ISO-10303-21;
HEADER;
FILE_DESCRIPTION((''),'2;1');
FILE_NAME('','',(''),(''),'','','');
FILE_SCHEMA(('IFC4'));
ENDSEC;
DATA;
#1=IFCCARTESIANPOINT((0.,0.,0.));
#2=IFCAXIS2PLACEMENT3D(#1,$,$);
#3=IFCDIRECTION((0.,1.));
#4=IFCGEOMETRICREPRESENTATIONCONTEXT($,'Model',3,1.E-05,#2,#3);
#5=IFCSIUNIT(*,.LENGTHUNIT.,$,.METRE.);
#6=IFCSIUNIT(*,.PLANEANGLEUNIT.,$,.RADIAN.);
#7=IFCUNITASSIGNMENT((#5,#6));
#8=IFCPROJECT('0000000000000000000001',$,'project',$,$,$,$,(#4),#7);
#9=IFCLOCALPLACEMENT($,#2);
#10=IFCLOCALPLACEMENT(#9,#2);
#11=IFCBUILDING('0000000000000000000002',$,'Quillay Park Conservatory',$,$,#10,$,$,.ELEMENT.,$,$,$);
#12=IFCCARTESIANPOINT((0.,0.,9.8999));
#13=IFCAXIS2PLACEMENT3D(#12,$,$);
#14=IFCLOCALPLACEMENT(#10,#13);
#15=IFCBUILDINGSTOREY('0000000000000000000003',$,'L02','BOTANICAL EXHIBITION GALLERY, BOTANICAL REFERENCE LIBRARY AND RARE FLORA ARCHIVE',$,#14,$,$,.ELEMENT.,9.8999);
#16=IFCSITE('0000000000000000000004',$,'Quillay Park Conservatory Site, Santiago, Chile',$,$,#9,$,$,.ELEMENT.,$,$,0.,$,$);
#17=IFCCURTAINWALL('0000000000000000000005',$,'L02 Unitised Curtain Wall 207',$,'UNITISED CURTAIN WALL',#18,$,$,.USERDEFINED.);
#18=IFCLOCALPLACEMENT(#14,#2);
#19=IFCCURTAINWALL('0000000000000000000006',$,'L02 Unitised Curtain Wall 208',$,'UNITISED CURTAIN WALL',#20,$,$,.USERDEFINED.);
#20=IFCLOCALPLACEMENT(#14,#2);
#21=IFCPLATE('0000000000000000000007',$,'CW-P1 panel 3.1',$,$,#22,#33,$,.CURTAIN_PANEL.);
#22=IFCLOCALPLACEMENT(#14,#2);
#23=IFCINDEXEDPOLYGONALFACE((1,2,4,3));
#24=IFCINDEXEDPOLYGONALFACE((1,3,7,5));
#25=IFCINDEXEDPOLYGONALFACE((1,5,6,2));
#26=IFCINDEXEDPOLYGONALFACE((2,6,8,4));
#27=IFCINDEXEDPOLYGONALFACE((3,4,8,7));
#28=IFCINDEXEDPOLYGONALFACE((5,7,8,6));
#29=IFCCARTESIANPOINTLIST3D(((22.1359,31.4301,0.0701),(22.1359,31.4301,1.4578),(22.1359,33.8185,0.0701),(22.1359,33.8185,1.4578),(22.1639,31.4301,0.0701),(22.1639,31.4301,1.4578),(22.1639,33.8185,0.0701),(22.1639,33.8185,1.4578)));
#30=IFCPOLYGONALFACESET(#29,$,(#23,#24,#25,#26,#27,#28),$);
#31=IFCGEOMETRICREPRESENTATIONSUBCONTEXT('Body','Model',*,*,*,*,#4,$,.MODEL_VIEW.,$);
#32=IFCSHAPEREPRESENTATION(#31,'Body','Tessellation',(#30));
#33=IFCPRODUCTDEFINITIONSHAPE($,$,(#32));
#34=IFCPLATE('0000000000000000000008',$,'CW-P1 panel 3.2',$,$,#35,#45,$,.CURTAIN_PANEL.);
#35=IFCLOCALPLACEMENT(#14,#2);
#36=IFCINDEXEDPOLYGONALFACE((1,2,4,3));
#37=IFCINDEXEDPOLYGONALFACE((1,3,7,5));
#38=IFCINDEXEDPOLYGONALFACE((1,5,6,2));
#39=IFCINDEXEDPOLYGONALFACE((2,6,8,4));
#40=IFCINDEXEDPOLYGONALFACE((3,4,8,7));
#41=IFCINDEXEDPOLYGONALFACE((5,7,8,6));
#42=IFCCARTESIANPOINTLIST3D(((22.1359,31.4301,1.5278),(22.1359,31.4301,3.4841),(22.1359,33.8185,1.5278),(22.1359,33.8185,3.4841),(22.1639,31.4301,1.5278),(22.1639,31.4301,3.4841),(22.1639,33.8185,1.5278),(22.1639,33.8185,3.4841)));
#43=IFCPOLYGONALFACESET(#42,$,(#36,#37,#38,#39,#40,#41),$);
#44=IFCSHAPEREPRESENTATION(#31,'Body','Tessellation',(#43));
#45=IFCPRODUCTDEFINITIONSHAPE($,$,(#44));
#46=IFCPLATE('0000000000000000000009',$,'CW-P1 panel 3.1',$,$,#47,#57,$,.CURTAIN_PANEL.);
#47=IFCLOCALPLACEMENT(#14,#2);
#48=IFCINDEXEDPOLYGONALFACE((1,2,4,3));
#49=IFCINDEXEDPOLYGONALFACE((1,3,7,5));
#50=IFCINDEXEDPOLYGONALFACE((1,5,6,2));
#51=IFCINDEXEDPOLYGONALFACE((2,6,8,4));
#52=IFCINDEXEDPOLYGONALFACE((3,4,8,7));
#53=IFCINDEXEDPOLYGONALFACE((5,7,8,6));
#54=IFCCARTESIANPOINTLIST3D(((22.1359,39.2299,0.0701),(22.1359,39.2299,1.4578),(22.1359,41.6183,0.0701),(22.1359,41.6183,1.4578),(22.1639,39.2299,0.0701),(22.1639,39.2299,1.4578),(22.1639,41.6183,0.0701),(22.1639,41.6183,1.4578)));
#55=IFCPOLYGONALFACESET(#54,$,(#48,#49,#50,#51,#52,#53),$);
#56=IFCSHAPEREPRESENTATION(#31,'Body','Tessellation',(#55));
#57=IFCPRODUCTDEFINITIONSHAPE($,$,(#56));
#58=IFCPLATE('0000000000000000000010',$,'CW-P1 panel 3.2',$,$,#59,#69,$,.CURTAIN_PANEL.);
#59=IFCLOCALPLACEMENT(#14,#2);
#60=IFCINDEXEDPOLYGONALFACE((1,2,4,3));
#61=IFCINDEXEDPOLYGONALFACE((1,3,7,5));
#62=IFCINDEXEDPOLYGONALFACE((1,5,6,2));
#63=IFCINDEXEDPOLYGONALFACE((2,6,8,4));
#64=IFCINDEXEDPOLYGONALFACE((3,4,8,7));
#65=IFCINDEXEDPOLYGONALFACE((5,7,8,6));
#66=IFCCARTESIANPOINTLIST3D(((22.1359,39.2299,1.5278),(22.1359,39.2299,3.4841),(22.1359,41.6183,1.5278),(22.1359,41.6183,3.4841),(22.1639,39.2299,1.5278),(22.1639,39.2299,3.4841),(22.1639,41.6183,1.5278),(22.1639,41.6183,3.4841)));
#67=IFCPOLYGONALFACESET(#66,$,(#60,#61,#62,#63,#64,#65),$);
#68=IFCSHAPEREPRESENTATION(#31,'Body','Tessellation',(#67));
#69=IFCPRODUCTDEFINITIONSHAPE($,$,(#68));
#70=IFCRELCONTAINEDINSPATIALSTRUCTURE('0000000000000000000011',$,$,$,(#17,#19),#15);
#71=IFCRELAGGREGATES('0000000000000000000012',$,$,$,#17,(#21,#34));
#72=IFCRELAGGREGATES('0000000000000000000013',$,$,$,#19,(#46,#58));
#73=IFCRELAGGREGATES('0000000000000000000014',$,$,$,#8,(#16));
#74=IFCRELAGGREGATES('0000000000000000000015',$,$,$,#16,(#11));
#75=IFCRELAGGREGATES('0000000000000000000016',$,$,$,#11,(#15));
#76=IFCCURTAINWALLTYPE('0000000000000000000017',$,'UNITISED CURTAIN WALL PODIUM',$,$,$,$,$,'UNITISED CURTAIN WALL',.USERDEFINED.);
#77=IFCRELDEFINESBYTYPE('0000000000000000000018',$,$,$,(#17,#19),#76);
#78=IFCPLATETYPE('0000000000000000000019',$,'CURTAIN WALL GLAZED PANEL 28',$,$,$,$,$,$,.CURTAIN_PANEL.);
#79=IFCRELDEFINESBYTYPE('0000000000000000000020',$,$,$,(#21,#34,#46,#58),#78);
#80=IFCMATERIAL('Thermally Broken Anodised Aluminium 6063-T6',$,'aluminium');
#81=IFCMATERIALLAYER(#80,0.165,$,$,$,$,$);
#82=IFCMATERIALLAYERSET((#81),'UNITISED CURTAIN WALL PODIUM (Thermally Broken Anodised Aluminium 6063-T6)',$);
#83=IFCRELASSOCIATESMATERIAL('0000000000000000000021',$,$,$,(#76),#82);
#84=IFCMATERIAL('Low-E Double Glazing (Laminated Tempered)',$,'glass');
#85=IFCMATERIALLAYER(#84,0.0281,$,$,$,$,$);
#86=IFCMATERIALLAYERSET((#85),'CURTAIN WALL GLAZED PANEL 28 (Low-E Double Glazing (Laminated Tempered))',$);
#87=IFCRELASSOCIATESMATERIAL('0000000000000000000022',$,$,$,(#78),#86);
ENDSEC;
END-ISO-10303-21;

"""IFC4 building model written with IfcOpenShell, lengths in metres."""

from ifc_helpers import new_model, si_unit, direction, frame, origin, origin_2d, place, context, subcontext, project, spatial, rectangle, extrude, material, layer, layer_set, type_object, element, aggregate, save


model = new_model("IFC4")

# Units and contexts
model_context = context("Model", 3, precision=1e-05, world=origin(), true_north=direction((0.0, 1.0)))
body_context = subcontext(model_context, "Body", "Model", "MODEL_VIEW")
ifc_project = project(units=[si_unit("LENGTHUNIT", "METRE"), si_unit("PLANEANGLEUNIT", "RADIAN")], contexts=[model_context])

# Site, building, storey
site_placement = place(None, origin())
site = spatial("IfcSite", under=ifc_project, at=site_placement, Name="Quillay Park Conservatory Site, Santiago, Chile", CompositionType="ELEMENT", RefElevation=0.0)
building_placement = place(site_placement, origin())
building = spatial("IfcBuilding", under=site, at=building_placement, Name="Quillay Park Conservatory", CompositionType="ELEMENT")
storey_placement = place(building_placement, frame((0.0, 0.0, 9.8999)))
storey = spatial("IfcBuildingStorey", under=building, at=storey_placement, Name="L02", Description="BOTANICAL EXHIBITION GALLERY, BOTANICAL REFERENCE LIBRARY AND RARE FLORA ARCHIVE", CompositionType="ELEMENT", Elevation=9.8999)

# Shared definitions
ifc_material_1 = material(Name="Thermally Broken Anodised Aluminium 6063-T6", Category="aluminium")
ifc_layer_1 = layer(ifc_material_1, 0.165)
ifc_layer_set_1 = layer_set([ifc_layer_1], Name="UNITISED CURTAIN WALL PODIUM (Thermally Broken Anodised Aluminium 6063-T6)")
curtain_wall_type = type_object("IfcCurtainWallType", Name="UNITISED CURTAIN WALL PODIUM", ElementType="UNITISED CURTAIN WALL", PredefinedType="USERDEFINED", material=ifc_layer_set_1)

# Curtain wall
curtain_wall_1_placement = place(storey_placement, origin())
curtain_wall_1 = element("IfcCurtainWall", 1, at=curtain_wall_1_placement, inside=storey, type_object=curtain_wall_type, Name="L02 Unitised Curtain Wall 207", ObjectType="UNITISED CURTAIN WALL", PredefinedType="USERDEFINED")

# Curtain wall
curtain_wall_2_placement = place(storey_placement, origin())
curtain_wall_2 = element("IfcCurtainWall", 2, at=curtain_wall_2_placement, inside=storey, type_object=curtain_wall_type, Name="L02 Unitised Curtain Wall 208", ObjectType="UNITISED CURTAIN WALL", PredefinedType="USERDEFINED")

# Plates
ifc_material_2 = material(Name="Low-E Double Glazing (Laminated Tempered)", Category="glass")
ifc_layer_2 = layer(ifc_material_2, 0.0281)
ifc_layer_set_2 = layer_set([ifc_layer_2], Name="CURTAIN WALL GLAZED PANEL 28 (Low-E Double Glazing (Laminated Tempered))")
plate_type = type_object("IfcPlateType", Name="CURTAIN WALL GLAZED PANEL 28", PredefinedType="CURTAIN_PANEL", material=ifc_layer_set_2)
plate_1_placement = place(storey_placement, frame((22.1499, 32.6243, 0.0701), z_axis=(0.0, 0.0, 1.0), x_axis=(0.0, -1.0, 0.0)))
plate_1 = element("IfcPlate", 3, at=plate_1_placement, type_object=plate_type, Name="CW-P1 panel 3.1", PredefinedType="CURTAIN_PANEL", context=body_context, shape_type="SweptSolid", body=[
    extrude(rectangle(XDim=2.3884, YDim=0.0281, at=origin_2d()), origin(), (0.0, 0.0, 1.0), 1.3877),
])
plate_2_placement = place(storey_placement, frame((22.1499, 32.6243, 1.5278), z_axis=(0.0, 0.0, 1.0), x_axis=(0.0, -1.0, 0.0)))
plate_2 = element("IfcPlate", 4, at=plate_2_placement, type_object=plate_type, Name="CW-P1 panel 3.2", PredefinedType="CURTAIN_PANEL", context=body_context, shape_type="SweptSolid", body=[
    extrude(rectangle(XDim=2.3884, YDim=0.0281, at=origin_2d()), origin(), (0.0, 0.0, 1.0), 1.9563),
])
aggregate(curtain_wall_1, [plate_1, plate_2])
plate_3_placement = place(storey_placement, frame((22.1499, 40.4241, 0.0701), z_axis=(0.0, 0.0, 1.0), x_axis=(0.0, -1.0, 0.0)))
plate_3 = element("IfcPlate", 5, at=plate_3_placement, type_object=plate_type, Name="CW-P1 panel 3.1", PredefinedType="CURTAIN_PANEL", context=body_context, shape_type="SweptSolid", body=[
    extrude(rectangle(XDim=2.3884, YDim=0.0281, at=origin_2d()), origin(), (0.0, 0.0, 1.0), 1.3877),
])
plate_4_placement = place(storey_placement, frame((22.1499, 40.4241, 1.5278), z_axis=(0.0, 0.0, 1.0), x_axis=(0.0, -1.0, 0.0)))
plate_4 = element("IfcPlate", 6, at=plate_4_placement, type_object=plate_type, Name="CW-P1 panel 3.2", PredefinedType="CURTAIN_PANEL", context=body_context, shape_type="SweptSolid", body=[
    extrude(rectangle(XDim=2.3884, YDim=0.0281, at=origin_2d()), origin(), (0.0, 0.0, 1.0), 1.9563),
])
aggregate(curtain_wall_2, [plate_3, plate_4])

save(model, "model.ifc")
